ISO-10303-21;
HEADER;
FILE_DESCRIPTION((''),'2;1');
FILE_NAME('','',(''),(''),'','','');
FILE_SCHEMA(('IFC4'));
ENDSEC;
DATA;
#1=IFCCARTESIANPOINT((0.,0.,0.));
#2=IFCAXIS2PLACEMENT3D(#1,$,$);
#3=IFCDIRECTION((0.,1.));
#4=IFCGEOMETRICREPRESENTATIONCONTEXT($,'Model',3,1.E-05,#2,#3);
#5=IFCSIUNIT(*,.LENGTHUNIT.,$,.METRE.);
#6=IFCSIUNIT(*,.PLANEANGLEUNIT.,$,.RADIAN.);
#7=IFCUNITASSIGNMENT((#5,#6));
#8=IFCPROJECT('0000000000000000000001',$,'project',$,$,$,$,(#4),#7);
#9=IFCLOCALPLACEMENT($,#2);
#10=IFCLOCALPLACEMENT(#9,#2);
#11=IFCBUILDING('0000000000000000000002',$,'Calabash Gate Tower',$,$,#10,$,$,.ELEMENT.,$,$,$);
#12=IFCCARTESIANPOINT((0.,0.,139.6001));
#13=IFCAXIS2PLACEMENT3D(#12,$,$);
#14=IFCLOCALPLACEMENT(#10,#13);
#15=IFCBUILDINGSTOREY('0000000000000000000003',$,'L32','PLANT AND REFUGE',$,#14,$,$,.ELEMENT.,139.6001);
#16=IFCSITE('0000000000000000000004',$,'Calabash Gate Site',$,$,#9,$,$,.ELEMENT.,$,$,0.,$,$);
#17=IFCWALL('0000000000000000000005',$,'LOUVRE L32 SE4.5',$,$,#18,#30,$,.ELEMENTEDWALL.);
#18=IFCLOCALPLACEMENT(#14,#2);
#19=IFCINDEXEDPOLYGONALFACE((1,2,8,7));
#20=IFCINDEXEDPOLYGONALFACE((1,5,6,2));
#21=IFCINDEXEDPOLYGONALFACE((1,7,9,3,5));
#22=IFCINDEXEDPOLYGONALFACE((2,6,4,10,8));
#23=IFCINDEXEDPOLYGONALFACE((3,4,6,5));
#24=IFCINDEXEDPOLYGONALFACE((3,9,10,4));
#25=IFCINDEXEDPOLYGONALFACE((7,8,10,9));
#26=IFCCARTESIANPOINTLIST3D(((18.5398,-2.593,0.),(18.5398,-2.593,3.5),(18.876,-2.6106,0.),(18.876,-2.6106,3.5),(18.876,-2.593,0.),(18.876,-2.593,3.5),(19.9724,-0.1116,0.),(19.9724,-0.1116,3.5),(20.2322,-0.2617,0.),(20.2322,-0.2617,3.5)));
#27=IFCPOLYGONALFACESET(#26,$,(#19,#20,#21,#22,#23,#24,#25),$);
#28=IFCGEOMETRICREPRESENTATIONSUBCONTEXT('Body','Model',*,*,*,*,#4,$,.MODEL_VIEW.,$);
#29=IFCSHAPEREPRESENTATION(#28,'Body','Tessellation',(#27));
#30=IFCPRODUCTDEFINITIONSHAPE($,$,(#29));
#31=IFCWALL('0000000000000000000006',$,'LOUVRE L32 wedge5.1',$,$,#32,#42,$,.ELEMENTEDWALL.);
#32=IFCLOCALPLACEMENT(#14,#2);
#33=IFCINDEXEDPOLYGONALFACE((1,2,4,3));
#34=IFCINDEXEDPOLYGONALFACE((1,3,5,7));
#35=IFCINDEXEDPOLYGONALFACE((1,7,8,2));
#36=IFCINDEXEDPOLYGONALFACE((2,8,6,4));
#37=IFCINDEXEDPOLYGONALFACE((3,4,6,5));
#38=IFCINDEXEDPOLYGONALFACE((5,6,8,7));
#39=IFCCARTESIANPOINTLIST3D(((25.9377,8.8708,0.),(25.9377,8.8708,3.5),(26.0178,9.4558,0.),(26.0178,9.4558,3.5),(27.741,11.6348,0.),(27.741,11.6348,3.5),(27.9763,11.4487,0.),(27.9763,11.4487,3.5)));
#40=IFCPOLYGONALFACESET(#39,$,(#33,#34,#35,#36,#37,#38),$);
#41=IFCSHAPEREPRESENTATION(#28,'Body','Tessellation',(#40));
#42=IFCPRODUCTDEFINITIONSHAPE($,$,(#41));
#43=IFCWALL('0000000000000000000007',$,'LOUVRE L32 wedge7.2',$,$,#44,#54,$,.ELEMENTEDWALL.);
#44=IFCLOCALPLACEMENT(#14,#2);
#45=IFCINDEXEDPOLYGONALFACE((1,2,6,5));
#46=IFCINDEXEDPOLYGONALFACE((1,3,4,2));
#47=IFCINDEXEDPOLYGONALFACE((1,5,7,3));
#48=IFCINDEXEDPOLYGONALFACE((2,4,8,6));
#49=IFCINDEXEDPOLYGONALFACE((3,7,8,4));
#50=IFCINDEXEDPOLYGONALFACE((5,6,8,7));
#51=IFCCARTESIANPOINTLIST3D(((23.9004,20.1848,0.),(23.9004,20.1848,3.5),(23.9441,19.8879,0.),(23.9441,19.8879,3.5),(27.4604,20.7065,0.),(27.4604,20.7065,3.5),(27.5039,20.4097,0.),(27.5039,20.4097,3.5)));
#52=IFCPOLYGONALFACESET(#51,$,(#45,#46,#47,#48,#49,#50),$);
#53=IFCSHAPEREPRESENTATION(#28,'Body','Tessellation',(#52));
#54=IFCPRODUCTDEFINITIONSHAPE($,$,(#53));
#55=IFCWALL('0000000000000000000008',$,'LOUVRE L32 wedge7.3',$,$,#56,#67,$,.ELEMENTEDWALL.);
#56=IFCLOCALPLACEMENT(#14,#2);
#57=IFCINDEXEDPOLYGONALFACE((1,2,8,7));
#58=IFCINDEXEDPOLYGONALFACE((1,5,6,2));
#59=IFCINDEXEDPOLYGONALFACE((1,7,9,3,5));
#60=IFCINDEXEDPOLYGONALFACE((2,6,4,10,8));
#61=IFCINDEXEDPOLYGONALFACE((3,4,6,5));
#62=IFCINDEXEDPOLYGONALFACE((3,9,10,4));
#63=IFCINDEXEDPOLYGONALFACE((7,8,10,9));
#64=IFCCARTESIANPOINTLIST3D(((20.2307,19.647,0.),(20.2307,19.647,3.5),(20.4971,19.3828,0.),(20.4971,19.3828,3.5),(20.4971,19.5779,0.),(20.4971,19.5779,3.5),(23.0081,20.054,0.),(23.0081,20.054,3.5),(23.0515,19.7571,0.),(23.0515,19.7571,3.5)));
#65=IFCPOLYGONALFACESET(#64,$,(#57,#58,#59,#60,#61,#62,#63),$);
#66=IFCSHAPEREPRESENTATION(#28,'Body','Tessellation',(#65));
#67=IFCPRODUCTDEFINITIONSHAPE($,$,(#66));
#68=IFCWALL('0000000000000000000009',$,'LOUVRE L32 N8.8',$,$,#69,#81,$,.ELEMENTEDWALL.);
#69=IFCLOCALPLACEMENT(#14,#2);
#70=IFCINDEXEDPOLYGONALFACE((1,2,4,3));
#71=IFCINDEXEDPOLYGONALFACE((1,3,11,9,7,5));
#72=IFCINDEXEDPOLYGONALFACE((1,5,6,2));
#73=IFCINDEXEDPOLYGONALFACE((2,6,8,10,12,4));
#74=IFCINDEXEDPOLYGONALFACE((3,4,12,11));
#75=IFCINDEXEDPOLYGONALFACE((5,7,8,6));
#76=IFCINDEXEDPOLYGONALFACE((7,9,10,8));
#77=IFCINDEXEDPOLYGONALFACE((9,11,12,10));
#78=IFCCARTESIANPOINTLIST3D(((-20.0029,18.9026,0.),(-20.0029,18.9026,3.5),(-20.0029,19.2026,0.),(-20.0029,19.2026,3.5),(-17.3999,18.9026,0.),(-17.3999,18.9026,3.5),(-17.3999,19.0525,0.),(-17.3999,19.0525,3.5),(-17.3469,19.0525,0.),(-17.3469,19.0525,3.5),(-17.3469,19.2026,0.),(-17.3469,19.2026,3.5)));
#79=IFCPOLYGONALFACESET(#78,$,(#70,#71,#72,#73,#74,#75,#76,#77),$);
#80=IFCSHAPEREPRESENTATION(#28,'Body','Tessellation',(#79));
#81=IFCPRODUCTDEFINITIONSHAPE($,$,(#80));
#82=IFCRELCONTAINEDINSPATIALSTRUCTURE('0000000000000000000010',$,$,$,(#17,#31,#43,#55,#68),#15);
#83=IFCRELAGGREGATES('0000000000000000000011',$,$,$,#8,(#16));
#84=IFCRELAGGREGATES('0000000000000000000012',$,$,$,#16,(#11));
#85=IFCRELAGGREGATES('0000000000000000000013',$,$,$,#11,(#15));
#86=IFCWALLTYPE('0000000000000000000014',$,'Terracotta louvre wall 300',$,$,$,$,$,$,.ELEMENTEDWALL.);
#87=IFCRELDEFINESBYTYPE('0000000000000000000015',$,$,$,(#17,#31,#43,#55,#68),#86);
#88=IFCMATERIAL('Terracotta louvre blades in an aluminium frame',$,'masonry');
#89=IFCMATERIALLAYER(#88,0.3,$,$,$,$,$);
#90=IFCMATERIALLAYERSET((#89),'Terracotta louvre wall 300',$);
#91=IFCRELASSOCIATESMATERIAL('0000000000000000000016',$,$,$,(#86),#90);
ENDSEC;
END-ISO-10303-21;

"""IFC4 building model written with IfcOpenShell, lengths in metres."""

from ifc_helpers import new_model, si_unit, direction, frame, origin, place, context, subcontext, project, spatial, polyline, outline, extrude, material, layer, layer_set, type_object, element, save


model = new_model("IFC4")

# Units and contexts
model_context = context("Model", 3, precision=1e-05, world=origin(), true_north=direction((0.0, 1.0)))
body_context = subcontext(model_context, "Body", "Model", "MODEL_VIEW")
ifc_project = project(units=[si_unit("LENGTHUNIT", "METRE"), si_unit("PLANEANGLEUNIT", "RADIAN")], contexts=[model_context])

# Site, building, storey
site_placement = place(None, origin())
site = spatial("IfcSite", under=ifc_project, at=site_placement, Name="Calabash Gate Site", CompositionType="ELEMENT", RefElevation=0.0)
building_placement = place(site_placement, origin())
building = spatial("IfcBuilding", under=site, at=building_placement, Name="Calabash Gate Tower", CompositionType="ELEMENT")
storey_placement = place(building_placement, frame((0.0, 0.0, 139.6001)))
storey = spatial("IfcBuildingStorey", under=building, at=storey_placement, Name="L32", Description="PLANT AND REFUGE", CompositionType="ELEMENT", Elevation=139.6001)

# Walls
ifc_material_1 = material(Name="Terracotta louvre blades in an aluminium frame", Category="masonry")
ifc_layer_1 = layer(ifc_material_1, 0.3)
ifc_layer_set_1 = layer_set([ifc_layer_1], Name="Terracotta louvre wall 300")
wall_type_1 = type_object("IfcWallType", Name="Terracotta louvre wall 300", PredefinedType="ELEMENTEDWALL", material=ifc_layer_set_1)
wall_1_placement = place(storey_placement, origin())
element("IfcWall", 1, at=wall_1_placement, inside=storey, type_object=wall_type_1, Name="LOUVRE L32 SE4.5", PredefinedType="ELEMENTEDWALL", context=body_context, shape_type="SweptSolid", body=[
    extrude(outline(polyline([(19.9724, -0.1116), (18.5398, -2.593), (18.876, -2.593), (18.876, -2.6106), (20.2322, -0.2617), (19.9724, -0.1116)])), origin(), (0.0, 0.0, 1.0), 3.5),
])
wall_2_placement = place(storey_placement, origin())
element("IfcWall", 2, at=wall_2_placement, inside=storey, type_object=wall_type_1, Name="LOUVRE L32 wedge5.1", PredefinedType="ELEMENTEDWALL", context=body_context, shape_type="SweptSolid", body=[
    extrude(outline(polyline([(27.741, 11.6348), (26.0178, 9.4558), (25.9377, 8.8708), (27.9763, 11.4487), (27.741, 11.6348)])), origin(), (0.0, 0.0, 1.0), 3.5),
])
wall_3_placement = place(storey_placement, origin())
element("IfcWall", 3, at=wall_3_placement, inside=storey, type_object=wall_type_1, Name="LOUVRE L32 wedge7.2", PredefinedType="ELEMENTEDWALL", context=body_context, shape_type="SweptSolid", body=[
    extrude(outline(polyline([(27.4604, 20.7065), (23.9004, 20.1848), (23.9441, 19.8879), (27.5039, 20.4097), (27.4604, 20.7065)])), origin(), (0.0, 0.0, 1.0), 3.5),
])
wall_4_placement = place(storey_placement, origin())
element("IfcWall", 4, at=wall_4_placement, inside=storey, type_object=wall_type_1, Name="LOUVRE L32 wedge7.3", PredefinedType="ELEMENTEDWALL", context=body_context, shape_type="SweptSolid", body=[
    extrude(outline(polyline([(23.0081, 20.054), (20.2307, 19.647), (20.4971, 19.5779), (20.4971, 19.3828), (23.0515, 19.7571), (23.0081, 20.054)])), origin(), (0.0, 0.0, 1.0), 3.5),
])
wall_5_placement = place(storey_placement, origin())
element("IfcWall", 5, at=wall_5_placement, inside=storey, type_object=wall_type_1, Name="LOUVRE L32 N8.8", PredefinedType="ELEMENTEDWALL", context=body_context, shape_type="SweptSolid", body=[
    extrude(outline(polyline([(-17.3469, 19.0525), (-17.3469, 19.2026), (-20.0029, 19.2026), (-20.0029, 18.9026), (-17.3999, 18.9026), (-17.3999, 19.0525), (-17.3469, 19.0525)])), origin(), (0.0, 0.0, 1.0), 3.5),
])

save(model, "model.ifc")
